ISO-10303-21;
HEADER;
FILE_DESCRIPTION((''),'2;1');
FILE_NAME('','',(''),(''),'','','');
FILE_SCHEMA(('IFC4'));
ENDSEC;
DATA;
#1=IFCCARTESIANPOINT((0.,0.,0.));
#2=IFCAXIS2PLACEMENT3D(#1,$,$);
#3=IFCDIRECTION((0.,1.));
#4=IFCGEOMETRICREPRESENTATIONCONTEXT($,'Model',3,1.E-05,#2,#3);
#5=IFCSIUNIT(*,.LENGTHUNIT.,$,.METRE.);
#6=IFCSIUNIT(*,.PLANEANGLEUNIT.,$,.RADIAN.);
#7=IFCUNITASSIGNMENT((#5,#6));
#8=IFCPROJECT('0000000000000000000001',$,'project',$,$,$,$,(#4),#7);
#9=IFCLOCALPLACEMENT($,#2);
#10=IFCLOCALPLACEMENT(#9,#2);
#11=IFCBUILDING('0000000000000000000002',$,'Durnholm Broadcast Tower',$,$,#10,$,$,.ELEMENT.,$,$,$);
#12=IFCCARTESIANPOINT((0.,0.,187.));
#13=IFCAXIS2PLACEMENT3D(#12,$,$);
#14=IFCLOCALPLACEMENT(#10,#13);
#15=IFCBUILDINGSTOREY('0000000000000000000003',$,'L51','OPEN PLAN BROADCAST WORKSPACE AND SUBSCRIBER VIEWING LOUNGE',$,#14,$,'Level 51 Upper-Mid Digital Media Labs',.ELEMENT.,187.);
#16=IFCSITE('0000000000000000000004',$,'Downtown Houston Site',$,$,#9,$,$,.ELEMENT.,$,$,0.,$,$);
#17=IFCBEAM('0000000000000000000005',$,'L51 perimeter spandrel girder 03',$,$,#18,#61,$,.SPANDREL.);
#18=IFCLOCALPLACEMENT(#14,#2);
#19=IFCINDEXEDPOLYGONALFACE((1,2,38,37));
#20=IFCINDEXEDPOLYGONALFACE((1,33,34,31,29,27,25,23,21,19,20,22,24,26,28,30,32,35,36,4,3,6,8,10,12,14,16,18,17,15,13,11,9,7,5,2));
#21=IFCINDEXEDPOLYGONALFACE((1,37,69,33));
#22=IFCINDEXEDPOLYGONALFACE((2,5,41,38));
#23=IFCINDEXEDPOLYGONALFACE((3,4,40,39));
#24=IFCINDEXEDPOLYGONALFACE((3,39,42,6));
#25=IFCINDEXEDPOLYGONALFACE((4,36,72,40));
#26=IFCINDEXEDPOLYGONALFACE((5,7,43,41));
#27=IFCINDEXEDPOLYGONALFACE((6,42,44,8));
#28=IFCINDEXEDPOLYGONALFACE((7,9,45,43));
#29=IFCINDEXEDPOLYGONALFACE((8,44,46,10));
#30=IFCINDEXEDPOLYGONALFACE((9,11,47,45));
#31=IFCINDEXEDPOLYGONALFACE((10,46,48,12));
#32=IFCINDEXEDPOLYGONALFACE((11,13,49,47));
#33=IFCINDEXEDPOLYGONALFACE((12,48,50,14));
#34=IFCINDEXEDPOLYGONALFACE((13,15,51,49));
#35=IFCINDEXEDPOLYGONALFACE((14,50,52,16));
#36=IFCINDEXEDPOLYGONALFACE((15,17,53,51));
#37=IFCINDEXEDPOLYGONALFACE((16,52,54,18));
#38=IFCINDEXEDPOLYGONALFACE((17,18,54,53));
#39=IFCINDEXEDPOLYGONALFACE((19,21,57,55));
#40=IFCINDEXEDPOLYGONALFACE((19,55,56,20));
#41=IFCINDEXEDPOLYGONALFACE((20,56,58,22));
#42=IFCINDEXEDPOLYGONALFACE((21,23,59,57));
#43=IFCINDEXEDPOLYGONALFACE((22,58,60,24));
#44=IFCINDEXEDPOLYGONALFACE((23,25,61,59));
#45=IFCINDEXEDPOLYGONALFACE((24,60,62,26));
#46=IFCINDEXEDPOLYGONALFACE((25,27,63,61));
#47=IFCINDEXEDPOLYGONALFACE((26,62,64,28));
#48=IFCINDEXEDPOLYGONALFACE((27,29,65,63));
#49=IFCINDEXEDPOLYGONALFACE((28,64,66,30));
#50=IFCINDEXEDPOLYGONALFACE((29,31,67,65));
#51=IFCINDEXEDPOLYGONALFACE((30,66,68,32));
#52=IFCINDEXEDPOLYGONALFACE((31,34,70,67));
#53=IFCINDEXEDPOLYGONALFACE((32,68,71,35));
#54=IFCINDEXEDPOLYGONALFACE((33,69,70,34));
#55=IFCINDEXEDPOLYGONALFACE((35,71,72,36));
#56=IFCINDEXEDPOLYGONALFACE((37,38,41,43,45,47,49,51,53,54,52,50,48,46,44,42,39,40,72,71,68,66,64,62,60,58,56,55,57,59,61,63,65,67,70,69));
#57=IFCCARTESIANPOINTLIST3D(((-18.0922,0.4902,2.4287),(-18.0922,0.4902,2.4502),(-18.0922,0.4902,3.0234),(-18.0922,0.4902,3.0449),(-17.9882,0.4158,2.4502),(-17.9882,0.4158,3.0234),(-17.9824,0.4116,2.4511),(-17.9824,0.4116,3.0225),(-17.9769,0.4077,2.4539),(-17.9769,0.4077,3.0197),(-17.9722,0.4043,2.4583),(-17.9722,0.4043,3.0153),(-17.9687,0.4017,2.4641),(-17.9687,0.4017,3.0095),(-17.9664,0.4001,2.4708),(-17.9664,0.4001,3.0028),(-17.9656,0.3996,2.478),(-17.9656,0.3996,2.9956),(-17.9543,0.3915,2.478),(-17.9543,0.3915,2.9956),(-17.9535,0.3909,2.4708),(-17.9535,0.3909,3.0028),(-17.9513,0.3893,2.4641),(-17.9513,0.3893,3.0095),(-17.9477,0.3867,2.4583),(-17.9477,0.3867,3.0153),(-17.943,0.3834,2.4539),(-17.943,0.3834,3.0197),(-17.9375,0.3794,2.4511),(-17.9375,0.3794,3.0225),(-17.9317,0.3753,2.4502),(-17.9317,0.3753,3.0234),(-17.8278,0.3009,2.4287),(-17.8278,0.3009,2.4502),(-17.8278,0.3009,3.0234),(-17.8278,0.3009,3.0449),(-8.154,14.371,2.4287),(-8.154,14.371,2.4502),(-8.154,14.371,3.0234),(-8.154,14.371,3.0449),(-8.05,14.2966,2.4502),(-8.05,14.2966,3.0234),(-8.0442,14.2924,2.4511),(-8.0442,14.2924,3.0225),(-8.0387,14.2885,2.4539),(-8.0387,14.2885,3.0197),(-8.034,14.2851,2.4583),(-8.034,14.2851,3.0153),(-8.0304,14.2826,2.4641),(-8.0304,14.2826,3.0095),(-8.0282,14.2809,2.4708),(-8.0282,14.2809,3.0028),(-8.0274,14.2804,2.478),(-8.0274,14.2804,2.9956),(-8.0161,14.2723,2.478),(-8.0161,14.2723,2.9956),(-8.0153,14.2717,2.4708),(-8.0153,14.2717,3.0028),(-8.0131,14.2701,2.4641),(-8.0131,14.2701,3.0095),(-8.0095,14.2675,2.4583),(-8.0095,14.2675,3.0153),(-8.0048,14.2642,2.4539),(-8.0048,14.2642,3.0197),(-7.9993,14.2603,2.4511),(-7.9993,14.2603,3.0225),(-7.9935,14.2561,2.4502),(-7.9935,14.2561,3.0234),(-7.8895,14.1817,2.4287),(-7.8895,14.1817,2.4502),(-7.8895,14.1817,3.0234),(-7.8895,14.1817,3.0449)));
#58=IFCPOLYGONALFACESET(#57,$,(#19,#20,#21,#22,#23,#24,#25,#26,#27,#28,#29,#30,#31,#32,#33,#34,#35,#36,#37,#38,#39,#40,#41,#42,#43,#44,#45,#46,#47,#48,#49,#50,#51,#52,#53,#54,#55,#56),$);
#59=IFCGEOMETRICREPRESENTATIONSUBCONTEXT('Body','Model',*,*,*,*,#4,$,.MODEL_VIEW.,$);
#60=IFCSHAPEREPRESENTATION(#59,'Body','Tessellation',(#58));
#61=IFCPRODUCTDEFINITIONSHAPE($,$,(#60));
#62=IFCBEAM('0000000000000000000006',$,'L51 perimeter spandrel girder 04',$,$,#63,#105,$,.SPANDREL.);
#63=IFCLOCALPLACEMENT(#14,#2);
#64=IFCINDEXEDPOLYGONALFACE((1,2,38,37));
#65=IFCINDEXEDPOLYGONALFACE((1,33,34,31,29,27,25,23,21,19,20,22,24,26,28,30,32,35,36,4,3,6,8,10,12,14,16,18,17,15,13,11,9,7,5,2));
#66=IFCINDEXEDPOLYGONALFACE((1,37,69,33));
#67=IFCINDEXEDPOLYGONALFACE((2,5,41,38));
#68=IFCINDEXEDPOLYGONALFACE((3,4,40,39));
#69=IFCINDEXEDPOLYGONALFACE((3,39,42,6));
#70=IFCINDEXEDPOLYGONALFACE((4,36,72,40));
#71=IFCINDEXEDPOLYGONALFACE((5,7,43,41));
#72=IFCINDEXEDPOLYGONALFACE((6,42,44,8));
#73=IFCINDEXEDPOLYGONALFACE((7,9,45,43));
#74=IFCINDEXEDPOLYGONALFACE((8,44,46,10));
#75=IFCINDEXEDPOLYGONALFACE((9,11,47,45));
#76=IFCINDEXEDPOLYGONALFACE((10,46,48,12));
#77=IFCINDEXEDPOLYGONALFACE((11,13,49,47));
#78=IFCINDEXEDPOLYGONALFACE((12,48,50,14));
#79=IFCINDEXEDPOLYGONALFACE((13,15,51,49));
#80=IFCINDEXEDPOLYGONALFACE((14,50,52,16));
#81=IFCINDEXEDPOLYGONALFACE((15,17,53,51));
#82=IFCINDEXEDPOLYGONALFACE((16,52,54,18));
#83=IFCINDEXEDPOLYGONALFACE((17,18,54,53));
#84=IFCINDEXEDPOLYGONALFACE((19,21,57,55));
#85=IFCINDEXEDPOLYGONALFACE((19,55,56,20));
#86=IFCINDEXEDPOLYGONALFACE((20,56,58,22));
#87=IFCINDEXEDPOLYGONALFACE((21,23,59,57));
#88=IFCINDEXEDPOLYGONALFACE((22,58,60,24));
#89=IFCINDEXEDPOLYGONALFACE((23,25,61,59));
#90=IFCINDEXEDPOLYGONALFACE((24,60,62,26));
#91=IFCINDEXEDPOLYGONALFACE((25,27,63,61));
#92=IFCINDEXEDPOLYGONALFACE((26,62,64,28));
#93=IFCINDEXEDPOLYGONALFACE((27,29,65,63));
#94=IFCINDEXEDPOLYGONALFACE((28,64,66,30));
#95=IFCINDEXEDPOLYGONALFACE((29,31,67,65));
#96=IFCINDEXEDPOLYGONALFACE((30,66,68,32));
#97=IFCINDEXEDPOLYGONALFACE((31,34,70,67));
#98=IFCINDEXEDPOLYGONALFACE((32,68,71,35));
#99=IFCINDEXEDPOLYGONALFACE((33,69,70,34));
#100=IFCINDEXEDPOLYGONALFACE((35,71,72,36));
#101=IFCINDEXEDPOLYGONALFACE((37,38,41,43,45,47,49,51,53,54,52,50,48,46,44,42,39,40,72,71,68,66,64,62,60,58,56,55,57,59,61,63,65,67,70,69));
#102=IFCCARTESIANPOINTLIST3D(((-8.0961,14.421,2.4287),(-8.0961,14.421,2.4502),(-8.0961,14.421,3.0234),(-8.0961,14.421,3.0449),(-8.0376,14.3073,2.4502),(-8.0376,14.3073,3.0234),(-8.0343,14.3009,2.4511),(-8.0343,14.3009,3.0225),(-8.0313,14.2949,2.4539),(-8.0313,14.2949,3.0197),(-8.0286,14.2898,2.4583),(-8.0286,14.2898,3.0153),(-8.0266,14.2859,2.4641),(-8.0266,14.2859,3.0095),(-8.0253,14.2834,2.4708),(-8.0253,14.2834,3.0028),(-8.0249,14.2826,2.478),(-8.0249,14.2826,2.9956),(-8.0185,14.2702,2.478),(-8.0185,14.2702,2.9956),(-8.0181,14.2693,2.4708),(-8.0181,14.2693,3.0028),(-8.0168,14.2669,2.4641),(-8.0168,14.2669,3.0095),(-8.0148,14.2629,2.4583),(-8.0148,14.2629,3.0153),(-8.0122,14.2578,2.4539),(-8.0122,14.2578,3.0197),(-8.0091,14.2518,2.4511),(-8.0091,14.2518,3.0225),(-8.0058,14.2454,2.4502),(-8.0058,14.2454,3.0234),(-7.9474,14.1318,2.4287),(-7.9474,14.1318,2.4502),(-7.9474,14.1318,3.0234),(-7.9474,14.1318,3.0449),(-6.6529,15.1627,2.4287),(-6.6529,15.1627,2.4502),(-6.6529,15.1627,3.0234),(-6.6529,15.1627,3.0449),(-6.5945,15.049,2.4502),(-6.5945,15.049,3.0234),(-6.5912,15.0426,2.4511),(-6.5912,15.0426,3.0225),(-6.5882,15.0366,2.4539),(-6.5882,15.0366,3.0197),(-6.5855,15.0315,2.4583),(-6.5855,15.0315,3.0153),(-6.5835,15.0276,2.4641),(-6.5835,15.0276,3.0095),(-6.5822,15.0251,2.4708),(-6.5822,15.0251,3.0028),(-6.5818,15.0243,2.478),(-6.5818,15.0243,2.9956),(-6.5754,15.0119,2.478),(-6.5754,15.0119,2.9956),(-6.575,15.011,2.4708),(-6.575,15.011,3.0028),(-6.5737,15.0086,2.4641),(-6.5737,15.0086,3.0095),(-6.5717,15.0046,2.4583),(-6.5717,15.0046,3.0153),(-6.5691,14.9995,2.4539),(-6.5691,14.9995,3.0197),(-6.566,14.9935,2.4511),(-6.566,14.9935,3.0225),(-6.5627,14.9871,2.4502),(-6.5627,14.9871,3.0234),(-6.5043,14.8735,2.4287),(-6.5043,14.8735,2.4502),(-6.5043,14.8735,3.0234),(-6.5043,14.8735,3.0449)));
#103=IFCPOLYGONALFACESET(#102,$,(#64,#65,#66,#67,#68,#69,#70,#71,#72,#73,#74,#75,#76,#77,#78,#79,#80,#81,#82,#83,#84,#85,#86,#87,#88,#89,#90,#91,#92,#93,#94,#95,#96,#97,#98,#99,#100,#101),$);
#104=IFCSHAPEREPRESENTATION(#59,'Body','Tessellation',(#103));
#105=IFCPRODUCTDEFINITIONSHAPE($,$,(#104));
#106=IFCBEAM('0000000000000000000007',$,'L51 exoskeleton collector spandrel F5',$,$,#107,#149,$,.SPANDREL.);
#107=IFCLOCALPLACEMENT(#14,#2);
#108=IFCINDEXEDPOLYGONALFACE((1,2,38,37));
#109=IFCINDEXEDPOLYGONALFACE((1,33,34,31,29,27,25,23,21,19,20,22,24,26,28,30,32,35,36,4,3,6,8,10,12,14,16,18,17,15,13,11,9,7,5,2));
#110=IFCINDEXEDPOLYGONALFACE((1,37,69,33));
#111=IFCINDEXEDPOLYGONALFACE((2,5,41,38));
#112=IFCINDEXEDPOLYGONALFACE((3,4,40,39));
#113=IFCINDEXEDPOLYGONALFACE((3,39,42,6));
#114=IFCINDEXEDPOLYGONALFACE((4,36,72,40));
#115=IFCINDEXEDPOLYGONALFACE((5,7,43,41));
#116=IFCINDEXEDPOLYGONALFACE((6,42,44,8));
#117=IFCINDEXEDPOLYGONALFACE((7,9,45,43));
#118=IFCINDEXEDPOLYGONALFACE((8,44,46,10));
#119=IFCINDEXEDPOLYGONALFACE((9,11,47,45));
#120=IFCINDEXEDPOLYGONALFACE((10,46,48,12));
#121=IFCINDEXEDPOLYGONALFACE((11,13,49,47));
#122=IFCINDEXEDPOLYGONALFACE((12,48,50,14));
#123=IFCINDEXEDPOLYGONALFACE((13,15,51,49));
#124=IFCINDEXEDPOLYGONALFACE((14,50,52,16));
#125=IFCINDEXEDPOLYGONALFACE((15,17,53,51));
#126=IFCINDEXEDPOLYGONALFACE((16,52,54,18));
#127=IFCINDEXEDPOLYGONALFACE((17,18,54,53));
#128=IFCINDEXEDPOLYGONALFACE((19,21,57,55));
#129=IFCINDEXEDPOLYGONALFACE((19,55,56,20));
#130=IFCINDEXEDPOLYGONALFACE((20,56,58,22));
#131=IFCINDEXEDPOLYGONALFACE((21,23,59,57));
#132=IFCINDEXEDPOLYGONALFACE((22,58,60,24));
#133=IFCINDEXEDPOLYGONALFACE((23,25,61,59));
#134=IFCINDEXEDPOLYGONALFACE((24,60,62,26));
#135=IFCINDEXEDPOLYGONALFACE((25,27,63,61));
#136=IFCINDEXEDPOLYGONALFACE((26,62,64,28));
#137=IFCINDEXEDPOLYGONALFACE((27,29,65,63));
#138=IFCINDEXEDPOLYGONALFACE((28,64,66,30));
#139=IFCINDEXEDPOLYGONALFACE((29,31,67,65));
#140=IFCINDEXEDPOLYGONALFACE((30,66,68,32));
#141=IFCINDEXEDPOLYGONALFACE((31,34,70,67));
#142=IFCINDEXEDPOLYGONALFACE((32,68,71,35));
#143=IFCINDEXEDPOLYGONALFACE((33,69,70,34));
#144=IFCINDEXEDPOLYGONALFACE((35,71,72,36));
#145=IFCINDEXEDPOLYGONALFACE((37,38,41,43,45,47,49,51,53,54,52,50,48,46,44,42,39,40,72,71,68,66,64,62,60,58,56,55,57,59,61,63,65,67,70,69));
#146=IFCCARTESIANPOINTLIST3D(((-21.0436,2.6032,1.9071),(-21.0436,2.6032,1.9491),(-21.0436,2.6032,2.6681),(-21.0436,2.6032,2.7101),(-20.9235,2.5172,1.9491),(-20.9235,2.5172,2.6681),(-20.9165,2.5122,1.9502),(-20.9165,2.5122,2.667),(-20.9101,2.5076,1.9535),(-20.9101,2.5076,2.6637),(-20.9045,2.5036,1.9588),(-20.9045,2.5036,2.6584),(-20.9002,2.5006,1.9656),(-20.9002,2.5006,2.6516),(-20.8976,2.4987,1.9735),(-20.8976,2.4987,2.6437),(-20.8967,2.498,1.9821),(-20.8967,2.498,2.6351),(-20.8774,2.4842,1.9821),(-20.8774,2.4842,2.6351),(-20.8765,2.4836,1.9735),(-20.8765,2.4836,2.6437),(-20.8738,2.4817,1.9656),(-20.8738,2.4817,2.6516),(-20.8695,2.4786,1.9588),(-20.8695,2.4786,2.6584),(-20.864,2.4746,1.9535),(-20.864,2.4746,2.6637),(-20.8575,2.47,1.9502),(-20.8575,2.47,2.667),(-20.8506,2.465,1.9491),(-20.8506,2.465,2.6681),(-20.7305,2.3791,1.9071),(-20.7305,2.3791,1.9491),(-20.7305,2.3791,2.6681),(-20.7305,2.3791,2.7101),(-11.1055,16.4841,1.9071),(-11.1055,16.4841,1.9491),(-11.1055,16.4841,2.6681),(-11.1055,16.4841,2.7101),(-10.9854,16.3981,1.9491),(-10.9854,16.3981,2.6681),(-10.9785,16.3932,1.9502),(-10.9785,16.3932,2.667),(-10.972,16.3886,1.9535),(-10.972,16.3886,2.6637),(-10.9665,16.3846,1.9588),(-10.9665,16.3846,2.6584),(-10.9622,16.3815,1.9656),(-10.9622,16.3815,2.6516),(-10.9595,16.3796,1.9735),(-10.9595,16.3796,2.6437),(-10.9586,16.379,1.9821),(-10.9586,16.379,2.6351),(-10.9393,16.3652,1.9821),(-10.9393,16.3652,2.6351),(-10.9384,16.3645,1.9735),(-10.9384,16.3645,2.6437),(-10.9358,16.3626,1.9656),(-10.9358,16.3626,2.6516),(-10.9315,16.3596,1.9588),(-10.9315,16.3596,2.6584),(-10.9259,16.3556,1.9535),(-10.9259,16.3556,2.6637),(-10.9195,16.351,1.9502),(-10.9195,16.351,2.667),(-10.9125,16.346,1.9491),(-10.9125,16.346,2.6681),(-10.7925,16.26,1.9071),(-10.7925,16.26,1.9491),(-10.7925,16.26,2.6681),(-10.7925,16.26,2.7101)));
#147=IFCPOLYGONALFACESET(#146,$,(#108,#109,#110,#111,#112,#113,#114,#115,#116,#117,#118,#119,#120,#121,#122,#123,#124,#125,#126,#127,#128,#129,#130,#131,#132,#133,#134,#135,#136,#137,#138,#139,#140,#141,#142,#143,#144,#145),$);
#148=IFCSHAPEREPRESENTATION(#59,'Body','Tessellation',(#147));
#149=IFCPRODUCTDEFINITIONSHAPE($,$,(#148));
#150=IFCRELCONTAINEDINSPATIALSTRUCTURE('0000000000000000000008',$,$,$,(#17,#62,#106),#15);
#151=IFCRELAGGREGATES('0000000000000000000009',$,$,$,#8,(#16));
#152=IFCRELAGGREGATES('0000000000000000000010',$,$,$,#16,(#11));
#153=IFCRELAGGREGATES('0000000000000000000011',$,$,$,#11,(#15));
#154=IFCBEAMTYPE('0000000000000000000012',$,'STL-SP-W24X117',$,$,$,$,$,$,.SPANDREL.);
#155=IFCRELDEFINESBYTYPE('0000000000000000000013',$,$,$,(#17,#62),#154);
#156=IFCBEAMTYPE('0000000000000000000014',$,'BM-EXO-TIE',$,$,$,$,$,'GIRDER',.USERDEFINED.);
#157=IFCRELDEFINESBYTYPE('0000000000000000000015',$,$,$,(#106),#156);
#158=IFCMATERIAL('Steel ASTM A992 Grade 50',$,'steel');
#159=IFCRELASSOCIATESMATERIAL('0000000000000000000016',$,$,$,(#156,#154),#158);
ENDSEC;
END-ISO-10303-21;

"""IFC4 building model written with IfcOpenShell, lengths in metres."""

from ifc_helpers import new_model, si_unit, direction, frame, origin, origin_2d, place, context, subcontext, project, spatial, i_section, extrude, source, transform, mapped, material, material_profile, profile_set, type_object, type_shapes, element, save


model = new_model("IFC4")

# Units and contexts
model_context = context("Model", 3, precision=1e-05, world=origin(), true_north=direction((0.0, 1.0)))
body_context = subcontext(model_context, "Body", "Model", "MODEL_VIEW")
ifc_project = project(units=[si_unit("LENGTHUNIT", "METRE"), si_unit("PLANEANGLEUNIT", "RADIAN")], contexts=[model_context])

# Site, building, storey
site_placement = place(None, origin())
site = spatial("IfcSite", under=ifc_project, at=site_placement, Name="Downtown Houston Site", CompositionType="ELEMENT", RefElevation=0.0)
building_placement = place(site_placement, origin())
building = spatial("IfcBuilding", under=site, at=building_placement, Name="Durnholm Broadcast Tower", CompositionType="ELEMENT")
storey_placement = place(building_placement, frame((0.0, 0.0, 187.0)))
storey = spatial("IfcBuildingStorey", under=building, at=storey_placement, Name="L51", Description="OPEN PLAN BROADCAST WORKSPACE AND SUBSCRIBER VIEWING LOUNGE", LongName="Level 51 Upper-Mid Digital Media Labs", CompositionType="ELEMENT", Elevation=187.0)

# Beams
ifc_material_1 = material(Name="Steel ASTM A992 Grade 50", Category="steel")
ifc_material_profile_1 = material_profile(ifc_material_1, i_section(OverallWidth=0.385, OverallDepth=0.803, WebThickness=0.0237, FlangeThickness=0.042, FilletRadius=0.033, at=origin_2d()), Name="W30X261")
ifc_profile_set_1 = profile_set([ifc_material_profile_1], Name="Steel ASTM A992 Grade 50")
beam_type_1 = type_object("IfcBeamType", Name="BM-EXO-TIE", ElementType="GIRDER", PredefinedType="USERDEFINED", material=ifc_profile_set_1)
ifc_material_profile_2 = material_profile(ifc_material_1, i_section(OverallWidth=0.3252, OverallDepth=0.6162, WebThickness=0.0139, FlangeThickness=0.0215, FilletRadius=0.0278, at=origin_2d()), Name="W24X117")
ifc_profile_set_2 = profile_set([ifc_material_profile_2], Name="Steel ASTM A992 Grade 50")
beam_type_2 = type_object("IfcBeamType", Name="STL-SP-W24X117", PredefinedType="SPANDREL", material=ifc_profile_set_2)
shared_shape_1 = source(origin(), body_context, "Body", "SweptSolid", [
    extrude(i_section(OverallWidth=0.3252, OverallDepth=0.6162, WebThickness=0.0139, FlangeThickness=0.0215, FilletRadius=0.0278, at=origin_2d()), origin(), (0.0, 0.0, 1.0), 17.0718),
])
beam_1_placement = place(storey_placement, frame((-17.96, 0.3955, 2.7368), z_axis=(0.582143, 0.813087, 0.0), x_axis=(-0.813087, 0.582143, 0.0)))
element("IfcBeam", 1, at=beam_1_placement, inside=storey, type_object=beam_type_2, Name="L51 perimeter spandrel girder 03", PredefinedType="SPANDREL", context=body_context, shape_type="MappedRepresentation", body=[
    mapped(shared_shape_1, transform((0.0, 0.0, 0.0), x_axis=(1.0, 0.0, 0.0), y_axis=(0.0, 1.0, 0.0), z_axis=(0.0, 0.0, 1.0), scale=1.0)),
])
shared_shape_2 = source(origin(), body_context, "Body", "SweptSolid", [
    extrude(i_section(OverallWidth=0.3252, OverallDepth=0.6162, WebThickness=0.0139, FlangeThickness=0.0215, FilletRadius=0.0278, at=origin_2d()), origin(), (0.0, 0.0, 1.0), 1.6226),
])
type_shapes(beam_type_2, [shared_shape_1, shared_shape_2])
beam_2_placement = place(storey_placement, frame((-8.0217, 14.2764, 2.7368), z_axis=(0.889407, 0.457117, 0.0), x_axis=(-0.457117, 0.889407, 0.0)))
element("IfcBeam", 2, at=beam_2_placement, inside=storey, type_object=beam_type_2, Name="L51 perimeter spandrel girder 04", PredefinedType="SPANDREL", context=body_context, shape_type="MappedRepresentation", body=[
    mapped(shared_shape_2, transform((0.0, 0.0, 0.0), x_axis=(1.0, 0.0, 0.0), y_axis=(0.0, 1.0, 0.0), z_axis=(0.0, 0.0, 1.0), scale=1.0)),
])
shared_shape_3 = source(origin(), body_context, "Body", "SweptSolid", [
    extrude(i_section(OverallWidth=0.385, OverallDepth=0.803, WebThickness=0.0237, FlangeThickness=0.042, FilletRadius=0.033, at=origin_2d()), origin(), (0.0, 0.0, 1.0), 17.0718),
])
beam_3_placement = place(storey_placement, frame((-10.949, 16.3721, 2.3086), z_axis=(-0.582133, -0.813093, 0.0), x_axis=(0.813093, -0.582133, 0.0)))
element("IfcBeam", 3, at=beam_3_placement, inside=storey, type_object=beam_type_1, Name="L51 exoskeleton collector spandrel F5", PredefinedType="SPANDREL", context=body_context, shape_type="MappedRepresentation", body=[
    mapped(shared_shape_3, transform((0.0, 0.0, 0.0), x_axis=(1.0, 0.0, 0.0), y_axis=(0.0, 1.0, 0.0), z_axis=(0.0, 0.0, 1.0), scale=1.0)),
])

save(model, "model.ifc")
